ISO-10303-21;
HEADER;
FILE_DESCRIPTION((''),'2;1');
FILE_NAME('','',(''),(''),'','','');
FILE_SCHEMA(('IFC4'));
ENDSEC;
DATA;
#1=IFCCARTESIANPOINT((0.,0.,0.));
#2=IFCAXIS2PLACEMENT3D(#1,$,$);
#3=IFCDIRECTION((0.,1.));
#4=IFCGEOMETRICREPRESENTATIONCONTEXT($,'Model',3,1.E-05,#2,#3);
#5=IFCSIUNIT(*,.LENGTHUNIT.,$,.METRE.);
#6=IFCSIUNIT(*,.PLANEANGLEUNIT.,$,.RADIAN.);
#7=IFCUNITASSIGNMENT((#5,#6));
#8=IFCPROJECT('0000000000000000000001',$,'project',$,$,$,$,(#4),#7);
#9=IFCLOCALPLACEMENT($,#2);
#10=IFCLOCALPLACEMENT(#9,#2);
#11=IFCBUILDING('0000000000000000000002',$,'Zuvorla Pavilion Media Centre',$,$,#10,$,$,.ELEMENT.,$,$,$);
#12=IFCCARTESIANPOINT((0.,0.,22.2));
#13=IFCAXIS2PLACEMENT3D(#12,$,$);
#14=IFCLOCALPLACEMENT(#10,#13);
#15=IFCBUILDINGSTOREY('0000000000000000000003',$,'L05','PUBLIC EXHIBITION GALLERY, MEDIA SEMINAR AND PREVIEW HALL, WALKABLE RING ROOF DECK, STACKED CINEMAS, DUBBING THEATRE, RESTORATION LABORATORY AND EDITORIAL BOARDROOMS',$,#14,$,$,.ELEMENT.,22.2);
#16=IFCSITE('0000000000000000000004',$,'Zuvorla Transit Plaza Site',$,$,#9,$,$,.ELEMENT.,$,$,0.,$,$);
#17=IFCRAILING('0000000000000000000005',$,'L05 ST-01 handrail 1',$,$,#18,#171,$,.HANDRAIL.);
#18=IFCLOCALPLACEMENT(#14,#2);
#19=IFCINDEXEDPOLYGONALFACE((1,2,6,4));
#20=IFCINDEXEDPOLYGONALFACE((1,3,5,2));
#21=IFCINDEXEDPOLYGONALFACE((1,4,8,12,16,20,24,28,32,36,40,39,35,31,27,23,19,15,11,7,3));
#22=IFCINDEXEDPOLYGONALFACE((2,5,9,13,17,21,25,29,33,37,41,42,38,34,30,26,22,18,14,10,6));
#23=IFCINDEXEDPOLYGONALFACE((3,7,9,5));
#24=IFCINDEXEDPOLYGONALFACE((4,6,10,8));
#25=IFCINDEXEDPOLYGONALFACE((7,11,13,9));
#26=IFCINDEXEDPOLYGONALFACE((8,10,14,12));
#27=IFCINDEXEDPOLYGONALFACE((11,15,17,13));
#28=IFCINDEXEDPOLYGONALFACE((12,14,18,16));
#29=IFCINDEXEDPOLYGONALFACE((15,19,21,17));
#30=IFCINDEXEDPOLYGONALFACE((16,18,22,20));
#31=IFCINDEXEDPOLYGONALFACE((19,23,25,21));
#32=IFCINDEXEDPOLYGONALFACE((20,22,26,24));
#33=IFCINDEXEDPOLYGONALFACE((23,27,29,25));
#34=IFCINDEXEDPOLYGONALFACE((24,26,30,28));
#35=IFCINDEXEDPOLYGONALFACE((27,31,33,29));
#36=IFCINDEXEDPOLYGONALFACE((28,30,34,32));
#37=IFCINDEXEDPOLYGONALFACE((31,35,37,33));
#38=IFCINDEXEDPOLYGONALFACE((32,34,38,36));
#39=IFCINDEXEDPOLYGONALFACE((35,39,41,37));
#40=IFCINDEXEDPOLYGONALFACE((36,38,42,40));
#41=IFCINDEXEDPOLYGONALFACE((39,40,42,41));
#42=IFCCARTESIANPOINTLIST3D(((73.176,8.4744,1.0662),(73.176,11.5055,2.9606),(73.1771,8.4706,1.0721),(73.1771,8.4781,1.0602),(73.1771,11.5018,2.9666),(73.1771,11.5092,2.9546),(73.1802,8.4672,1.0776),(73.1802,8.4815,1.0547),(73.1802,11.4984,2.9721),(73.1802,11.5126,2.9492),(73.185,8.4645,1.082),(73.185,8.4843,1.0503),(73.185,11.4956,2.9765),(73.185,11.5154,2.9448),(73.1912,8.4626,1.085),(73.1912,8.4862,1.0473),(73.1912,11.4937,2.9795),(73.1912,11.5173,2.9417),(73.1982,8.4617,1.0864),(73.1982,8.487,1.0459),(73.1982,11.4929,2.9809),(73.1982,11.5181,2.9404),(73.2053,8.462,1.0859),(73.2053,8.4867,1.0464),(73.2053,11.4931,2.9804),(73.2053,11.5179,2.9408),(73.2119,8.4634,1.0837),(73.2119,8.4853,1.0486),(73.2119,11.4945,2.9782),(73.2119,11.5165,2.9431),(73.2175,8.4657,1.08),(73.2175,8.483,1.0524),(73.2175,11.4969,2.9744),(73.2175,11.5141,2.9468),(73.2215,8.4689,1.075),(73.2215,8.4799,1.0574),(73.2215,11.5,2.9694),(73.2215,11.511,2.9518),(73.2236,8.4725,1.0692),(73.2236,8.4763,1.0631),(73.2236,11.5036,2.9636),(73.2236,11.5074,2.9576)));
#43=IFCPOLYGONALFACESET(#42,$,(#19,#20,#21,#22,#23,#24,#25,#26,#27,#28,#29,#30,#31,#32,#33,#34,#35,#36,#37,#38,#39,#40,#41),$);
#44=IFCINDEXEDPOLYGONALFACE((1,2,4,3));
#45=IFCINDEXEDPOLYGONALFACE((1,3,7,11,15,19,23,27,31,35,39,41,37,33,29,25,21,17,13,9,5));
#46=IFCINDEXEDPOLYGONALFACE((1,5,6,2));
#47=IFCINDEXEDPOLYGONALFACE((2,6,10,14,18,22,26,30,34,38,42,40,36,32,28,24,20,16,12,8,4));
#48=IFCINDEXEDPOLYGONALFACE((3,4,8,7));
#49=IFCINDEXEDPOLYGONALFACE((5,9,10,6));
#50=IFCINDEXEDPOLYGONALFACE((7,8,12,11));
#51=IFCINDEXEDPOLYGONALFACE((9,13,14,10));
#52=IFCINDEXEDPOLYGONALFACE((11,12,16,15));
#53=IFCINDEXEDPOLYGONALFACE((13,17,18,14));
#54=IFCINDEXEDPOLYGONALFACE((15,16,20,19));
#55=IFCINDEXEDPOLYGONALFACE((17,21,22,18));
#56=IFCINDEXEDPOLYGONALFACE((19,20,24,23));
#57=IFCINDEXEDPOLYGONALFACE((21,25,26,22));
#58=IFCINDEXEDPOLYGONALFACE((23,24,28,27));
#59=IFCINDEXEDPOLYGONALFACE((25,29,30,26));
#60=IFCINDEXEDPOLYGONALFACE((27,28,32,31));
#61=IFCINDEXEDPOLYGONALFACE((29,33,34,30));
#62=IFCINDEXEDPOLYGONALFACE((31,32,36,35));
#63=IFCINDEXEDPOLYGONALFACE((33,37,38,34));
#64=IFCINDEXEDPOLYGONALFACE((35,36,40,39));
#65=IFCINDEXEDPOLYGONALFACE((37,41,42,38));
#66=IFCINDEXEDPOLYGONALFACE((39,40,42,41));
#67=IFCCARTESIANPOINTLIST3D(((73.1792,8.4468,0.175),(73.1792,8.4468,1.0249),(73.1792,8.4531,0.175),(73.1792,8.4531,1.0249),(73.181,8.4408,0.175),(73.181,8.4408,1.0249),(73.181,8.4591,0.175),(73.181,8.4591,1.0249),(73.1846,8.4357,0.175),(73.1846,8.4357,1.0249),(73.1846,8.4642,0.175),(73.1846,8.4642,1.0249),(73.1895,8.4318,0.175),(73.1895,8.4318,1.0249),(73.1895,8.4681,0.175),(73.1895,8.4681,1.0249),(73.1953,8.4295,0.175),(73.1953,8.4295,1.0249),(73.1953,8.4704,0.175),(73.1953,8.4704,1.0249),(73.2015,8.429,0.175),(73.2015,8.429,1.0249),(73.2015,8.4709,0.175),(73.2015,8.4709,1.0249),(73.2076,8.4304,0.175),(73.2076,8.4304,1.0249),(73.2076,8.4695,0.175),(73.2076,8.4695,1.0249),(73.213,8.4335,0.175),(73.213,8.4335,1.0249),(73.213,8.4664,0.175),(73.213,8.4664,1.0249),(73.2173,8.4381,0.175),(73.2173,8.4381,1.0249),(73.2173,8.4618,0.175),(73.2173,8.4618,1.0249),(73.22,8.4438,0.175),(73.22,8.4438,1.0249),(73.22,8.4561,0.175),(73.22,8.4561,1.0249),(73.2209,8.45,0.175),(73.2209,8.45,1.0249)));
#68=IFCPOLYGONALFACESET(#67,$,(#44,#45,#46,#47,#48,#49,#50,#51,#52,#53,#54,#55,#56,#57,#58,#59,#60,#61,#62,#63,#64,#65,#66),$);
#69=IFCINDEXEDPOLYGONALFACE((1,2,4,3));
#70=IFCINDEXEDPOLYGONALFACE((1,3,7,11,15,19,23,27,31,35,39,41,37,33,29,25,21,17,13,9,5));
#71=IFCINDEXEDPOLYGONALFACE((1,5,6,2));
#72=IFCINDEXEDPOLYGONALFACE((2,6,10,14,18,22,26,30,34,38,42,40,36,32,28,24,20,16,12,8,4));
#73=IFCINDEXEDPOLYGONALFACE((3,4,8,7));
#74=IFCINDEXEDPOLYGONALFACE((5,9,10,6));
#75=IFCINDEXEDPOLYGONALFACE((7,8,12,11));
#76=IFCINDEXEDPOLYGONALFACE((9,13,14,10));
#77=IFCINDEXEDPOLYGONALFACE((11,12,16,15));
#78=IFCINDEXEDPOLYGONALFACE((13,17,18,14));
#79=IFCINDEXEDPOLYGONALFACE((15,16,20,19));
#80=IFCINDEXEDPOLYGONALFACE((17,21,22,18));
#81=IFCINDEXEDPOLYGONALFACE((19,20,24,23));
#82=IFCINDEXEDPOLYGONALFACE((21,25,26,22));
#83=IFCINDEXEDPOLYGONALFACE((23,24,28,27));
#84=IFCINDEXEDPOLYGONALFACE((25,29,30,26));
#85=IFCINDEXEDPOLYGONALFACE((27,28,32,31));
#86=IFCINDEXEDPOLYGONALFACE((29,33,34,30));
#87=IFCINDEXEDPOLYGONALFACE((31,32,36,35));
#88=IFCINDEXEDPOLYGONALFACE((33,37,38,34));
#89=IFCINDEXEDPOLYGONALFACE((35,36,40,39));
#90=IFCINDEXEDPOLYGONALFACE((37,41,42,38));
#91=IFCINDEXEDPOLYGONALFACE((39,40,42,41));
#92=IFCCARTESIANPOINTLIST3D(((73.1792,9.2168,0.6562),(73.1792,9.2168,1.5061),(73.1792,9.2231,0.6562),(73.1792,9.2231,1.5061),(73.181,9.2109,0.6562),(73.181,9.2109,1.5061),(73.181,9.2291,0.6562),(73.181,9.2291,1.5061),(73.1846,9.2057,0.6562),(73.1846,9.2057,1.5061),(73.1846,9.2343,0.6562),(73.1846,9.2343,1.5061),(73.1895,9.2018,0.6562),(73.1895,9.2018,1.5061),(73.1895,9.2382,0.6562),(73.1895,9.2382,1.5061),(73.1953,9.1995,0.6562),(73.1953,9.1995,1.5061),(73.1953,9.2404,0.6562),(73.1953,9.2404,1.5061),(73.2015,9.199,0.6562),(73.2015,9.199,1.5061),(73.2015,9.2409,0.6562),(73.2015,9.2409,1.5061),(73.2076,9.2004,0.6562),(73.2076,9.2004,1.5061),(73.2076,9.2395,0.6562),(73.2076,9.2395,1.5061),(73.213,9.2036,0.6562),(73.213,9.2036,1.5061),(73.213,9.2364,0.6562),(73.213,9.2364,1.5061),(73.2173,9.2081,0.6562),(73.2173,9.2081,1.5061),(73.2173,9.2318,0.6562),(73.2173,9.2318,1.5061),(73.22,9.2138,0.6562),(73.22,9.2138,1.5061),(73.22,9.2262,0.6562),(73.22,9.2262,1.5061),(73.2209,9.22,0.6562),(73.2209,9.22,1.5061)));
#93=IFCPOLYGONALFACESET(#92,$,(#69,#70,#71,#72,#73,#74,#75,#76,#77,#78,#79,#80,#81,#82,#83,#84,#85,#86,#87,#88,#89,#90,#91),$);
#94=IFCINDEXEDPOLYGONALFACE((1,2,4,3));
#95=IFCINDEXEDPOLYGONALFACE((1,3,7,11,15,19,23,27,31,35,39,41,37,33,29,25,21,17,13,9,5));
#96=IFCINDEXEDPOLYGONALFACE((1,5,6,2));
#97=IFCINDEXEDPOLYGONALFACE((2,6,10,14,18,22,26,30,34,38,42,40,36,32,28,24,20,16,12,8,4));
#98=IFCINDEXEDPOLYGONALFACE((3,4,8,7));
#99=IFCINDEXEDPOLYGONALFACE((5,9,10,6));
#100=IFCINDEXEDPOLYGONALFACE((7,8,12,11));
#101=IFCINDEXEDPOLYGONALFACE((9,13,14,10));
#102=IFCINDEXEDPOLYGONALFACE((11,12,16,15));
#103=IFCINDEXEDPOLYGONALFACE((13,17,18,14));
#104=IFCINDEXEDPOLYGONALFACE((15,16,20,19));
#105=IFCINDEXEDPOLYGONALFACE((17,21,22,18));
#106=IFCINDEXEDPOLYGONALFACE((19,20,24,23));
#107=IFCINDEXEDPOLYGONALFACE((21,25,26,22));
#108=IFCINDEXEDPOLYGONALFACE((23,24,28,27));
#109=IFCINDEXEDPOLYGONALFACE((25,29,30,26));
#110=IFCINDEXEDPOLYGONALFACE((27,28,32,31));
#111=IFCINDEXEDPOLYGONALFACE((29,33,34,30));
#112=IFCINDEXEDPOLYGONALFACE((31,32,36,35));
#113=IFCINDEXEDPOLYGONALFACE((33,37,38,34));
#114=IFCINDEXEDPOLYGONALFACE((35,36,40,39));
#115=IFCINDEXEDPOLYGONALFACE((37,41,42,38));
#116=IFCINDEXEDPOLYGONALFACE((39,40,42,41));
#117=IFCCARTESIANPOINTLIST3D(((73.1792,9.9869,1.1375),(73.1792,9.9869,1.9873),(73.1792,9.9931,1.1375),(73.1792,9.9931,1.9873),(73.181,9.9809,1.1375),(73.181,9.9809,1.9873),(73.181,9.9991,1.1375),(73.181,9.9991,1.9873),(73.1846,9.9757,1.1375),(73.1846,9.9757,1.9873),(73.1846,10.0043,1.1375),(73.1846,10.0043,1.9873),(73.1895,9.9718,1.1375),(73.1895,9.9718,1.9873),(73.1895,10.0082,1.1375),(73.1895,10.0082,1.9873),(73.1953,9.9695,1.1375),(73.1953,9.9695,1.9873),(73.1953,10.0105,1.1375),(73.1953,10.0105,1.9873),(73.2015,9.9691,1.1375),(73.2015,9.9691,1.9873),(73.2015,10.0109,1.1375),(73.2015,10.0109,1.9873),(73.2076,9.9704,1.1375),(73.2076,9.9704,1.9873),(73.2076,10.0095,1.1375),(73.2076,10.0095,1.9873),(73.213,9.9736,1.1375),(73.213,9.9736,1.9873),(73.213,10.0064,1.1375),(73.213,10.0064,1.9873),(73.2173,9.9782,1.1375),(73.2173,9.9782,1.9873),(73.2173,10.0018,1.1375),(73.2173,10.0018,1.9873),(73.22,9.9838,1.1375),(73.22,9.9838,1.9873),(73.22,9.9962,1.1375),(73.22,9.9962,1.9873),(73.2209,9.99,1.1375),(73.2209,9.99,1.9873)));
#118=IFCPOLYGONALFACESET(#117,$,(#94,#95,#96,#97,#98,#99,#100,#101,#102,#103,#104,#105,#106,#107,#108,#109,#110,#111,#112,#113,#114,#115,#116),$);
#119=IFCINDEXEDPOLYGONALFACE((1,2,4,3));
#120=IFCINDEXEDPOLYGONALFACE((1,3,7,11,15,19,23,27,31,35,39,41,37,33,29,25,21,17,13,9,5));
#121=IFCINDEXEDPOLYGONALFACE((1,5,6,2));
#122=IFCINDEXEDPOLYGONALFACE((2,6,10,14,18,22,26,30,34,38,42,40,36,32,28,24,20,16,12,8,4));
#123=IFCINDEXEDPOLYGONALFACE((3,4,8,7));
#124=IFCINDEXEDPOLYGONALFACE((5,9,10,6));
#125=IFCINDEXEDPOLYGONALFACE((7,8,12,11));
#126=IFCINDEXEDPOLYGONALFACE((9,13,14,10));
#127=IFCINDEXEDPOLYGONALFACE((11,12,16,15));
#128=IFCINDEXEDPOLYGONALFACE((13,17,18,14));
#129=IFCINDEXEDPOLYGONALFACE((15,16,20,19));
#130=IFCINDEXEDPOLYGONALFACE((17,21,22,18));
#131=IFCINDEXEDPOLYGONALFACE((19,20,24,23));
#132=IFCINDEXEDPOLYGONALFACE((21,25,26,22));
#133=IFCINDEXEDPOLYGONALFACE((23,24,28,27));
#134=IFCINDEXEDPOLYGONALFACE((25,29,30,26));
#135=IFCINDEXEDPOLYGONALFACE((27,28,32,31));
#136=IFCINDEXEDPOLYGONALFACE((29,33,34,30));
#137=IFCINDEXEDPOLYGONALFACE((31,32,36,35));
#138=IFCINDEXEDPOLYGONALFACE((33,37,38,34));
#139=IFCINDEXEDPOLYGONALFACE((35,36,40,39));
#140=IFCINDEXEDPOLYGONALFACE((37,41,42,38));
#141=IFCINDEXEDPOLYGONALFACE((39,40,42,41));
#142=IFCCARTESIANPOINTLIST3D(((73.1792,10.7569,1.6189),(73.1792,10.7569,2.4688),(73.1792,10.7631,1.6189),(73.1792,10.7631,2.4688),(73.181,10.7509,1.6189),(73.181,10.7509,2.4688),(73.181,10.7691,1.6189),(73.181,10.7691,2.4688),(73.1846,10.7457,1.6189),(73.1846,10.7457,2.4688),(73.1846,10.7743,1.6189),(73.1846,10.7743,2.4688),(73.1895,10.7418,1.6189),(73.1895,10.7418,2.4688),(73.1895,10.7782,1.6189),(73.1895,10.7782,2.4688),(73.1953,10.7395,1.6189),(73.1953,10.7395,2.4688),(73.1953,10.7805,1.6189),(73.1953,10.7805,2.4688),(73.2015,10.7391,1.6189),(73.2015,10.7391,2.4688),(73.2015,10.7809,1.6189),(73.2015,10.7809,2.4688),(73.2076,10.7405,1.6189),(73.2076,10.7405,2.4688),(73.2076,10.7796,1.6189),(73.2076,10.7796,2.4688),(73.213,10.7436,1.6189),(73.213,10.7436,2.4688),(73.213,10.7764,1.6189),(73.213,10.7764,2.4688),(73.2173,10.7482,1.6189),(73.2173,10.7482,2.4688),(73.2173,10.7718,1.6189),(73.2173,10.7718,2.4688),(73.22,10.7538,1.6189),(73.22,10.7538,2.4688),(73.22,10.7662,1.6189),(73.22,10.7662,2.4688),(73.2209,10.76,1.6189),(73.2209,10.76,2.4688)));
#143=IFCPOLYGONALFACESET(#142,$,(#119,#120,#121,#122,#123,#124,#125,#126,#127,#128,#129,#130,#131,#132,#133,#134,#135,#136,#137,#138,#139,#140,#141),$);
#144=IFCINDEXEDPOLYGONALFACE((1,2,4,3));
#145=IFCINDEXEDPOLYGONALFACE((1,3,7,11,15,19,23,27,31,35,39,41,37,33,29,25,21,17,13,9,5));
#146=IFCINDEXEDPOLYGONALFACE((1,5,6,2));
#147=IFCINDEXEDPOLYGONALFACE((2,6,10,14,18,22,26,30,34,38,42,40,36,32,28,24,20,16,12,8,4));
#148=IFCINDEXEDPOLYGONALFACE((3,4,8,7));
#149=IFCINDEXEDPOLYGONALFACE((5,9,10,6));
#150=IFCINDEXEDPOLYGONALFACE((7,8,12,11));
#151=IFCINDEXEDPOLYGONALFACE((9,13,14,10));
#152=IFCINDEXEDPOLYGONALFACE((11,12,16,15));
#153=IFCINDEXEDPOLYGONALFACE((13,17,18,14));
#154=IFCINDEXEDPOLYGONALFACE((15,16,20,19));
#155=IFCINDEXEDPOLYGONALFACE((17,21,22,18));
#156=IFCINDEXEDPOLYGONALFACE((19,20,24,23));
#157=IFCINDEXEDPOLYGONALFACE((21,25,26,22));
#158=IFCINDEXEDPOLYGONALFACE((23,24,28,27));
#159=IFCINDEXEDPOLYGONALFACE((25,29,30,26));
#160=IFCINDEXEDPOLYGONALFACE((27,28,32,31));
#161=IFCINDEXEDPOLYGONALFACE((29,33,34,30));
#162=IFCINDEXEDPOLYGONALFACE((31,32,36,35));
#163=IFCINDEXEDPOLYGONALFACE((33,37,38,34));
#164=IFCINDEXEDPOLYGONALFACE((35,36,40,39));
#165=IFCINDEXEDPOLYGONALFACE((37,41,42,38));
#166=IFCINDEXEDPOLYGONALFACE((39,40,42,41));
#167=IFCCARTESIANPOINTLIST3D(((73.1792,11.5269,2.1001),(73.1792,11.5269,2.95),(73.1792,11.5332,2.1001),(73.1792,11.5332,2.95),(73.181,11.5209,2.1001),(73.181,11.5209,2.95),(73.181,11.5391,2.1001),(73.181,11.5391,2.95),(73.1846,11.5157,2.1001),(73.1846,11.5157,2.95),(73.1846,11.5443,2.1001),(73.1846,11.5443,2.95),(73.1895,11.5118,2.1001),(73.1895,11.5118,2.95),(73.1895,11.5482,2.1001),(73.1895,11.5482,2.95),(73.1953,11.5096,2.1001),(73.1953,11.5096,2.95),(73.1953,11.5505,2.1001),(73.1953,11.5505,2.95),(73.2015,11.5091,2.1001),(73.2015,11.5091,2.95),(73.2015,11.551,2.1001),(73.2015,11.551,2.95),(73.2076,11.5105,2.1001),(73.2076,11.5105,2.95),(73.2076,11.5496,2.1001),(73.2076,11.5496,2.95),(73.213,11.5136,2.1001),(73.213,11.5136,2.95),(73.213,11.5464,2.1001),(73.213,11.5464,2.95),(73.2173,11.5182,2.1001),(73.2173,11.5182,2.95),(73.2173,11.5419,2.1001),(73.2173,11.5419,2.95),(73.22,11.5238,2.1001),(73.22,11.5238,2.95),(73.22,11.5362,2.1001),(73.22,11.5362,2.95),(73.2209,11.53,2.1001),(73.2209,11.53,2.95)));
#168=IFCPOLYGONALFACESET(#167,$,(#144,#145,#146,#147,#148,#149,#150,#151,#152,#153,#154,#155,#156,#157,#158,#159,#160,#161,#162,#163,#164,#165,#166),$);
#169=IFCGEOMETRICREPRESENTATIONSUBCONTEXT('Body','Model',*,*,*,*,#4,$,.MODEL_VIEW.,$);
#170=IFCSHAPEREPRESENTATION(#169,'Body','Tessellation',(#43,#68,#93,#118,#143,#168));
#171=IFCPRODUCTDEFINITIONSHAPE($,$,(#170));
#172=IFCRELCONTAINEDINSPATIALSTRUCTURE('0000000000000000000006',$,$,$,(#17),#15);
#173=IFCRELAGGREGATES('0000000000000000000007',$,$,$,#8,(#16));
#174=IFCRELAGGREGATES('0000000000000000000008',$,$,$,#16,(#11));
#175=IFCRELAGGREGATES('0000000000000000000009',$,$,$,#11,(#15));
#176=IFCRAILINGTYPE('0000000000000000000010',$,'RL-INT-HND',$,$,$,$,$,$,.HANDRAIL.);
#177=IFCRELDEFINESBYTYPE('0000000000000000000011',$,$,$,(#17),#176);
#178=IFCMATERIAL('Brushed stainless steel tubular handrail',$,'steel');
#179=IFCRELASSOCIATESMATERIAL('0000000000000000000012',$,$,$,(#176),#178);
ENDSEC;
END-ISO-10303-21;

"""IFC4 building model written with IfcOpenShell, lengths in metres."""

from ifc_helpers import new_model, si_unit, direction, frame, origin, origin_2d, place, context, subcontext, project, spatial, circle, extrude, material, type_object, element, save


model = new_model("IFC4")

# Units and contexts
model_context = context("Model", 3, precision=1e-05, world=origin(), true_north=direction((0.0, 1.0)))
body_context = subcontext(model_context, "Body", "Model", "MODEL_VIEW")
ifc_project = project(units=[si_unit("LENGTHUNIT", "METRE"), si_unit("PLANEANGLEUNIT", "RADIAN")], contexts=[model_context])

# Site, building, storey
site_placement = place(None, origin())
site = spatial("IfcSite", under=ifc_project, at=site_placement, Name="Zuvorla Transit Plaza Site", CompositionType="ELEMENT", RefElevation=0.0)
building_placement = place(site_placement, origin())
building = spatial("IfcBuilding", under=site, at=building_placement, Name="Zuvorla Pavilion Media Centre", CompositionType="ELEMENT")
storey_placement = place(building_placement, frame((0.0, 0.0, 22.2)))
storey = spatial("IfcBuildingStorey", under=building, at=storey_placement, Name="L05", Description="PUBLIC EXHIBITION GALLERY, MEDIA SEMINAR AND PREVIEW HALL, WALKABLE RING ROOF DECK, STACKED CINEMAS, DUBBING THEATRE, RESTORATION LABORATORY AND EDITORIAL BOARDROOMS", CompositionType="ELEMENT", Elevation=22.2)

# Railing
ifc_material_1 = material(Name="Brushed stainless steel tubular handrail", Category="steel")
railing_type_1 = type_object("IfcRailingType", Name="RL-INT-HND", PredefinedType="HANDRAIL", material=ifc_material_1)
railing_1_placement = place(storey_placement, frame((73.2, 8.45, 0.175)))
element("IfcRailing", 1, at=railing_1_placement, inside=storey, type_object=railing_type_1, Name="L05 ST-01 handrail 1", PredefinedType="HANDRAIL", context=body_context, shape_type="SweptSolid", body=[
    extrude(circle(Radius=0.0239, at=origin_2d()), frame((0.0, 0.0244, 0.8911), z_axis=(0.0, 0.847998, 0.529999), x_axis=(-1.0, 0.0, 0.0)), (0.0, 0.0, 1.0), 3.5745),
    extrude(circle(Radius=0.021, at=origin_2d()), origin(), (0.0, 0.0, 1.0), 0.8499),
    extrude(circle(Radius=0.021, at=origin_2d()), frame((0.0, 0.77, 0.4812)), (0.0, 0.0, 1.0), 0.8499),
    extrude(circle(Radius=0.021, at=origin_2d()), frame((0.0, 1.54, 0.9624)), (0.0, 0.0, 1.0), 0.8499),
    extrude(circle(Radius=0.021, at=origin_2d()), frame((0.0, 2.3101, 1.4438)), (0.0, 0.0, 1.0), 0.8499),
    extrude(circle(Radius=0.021, at=origin_2d()), frame((0.0, 3.0801, 1.925)), (0.0, 0.0, 1.0), 0.8499),
])

save(model, "model.ifc")
